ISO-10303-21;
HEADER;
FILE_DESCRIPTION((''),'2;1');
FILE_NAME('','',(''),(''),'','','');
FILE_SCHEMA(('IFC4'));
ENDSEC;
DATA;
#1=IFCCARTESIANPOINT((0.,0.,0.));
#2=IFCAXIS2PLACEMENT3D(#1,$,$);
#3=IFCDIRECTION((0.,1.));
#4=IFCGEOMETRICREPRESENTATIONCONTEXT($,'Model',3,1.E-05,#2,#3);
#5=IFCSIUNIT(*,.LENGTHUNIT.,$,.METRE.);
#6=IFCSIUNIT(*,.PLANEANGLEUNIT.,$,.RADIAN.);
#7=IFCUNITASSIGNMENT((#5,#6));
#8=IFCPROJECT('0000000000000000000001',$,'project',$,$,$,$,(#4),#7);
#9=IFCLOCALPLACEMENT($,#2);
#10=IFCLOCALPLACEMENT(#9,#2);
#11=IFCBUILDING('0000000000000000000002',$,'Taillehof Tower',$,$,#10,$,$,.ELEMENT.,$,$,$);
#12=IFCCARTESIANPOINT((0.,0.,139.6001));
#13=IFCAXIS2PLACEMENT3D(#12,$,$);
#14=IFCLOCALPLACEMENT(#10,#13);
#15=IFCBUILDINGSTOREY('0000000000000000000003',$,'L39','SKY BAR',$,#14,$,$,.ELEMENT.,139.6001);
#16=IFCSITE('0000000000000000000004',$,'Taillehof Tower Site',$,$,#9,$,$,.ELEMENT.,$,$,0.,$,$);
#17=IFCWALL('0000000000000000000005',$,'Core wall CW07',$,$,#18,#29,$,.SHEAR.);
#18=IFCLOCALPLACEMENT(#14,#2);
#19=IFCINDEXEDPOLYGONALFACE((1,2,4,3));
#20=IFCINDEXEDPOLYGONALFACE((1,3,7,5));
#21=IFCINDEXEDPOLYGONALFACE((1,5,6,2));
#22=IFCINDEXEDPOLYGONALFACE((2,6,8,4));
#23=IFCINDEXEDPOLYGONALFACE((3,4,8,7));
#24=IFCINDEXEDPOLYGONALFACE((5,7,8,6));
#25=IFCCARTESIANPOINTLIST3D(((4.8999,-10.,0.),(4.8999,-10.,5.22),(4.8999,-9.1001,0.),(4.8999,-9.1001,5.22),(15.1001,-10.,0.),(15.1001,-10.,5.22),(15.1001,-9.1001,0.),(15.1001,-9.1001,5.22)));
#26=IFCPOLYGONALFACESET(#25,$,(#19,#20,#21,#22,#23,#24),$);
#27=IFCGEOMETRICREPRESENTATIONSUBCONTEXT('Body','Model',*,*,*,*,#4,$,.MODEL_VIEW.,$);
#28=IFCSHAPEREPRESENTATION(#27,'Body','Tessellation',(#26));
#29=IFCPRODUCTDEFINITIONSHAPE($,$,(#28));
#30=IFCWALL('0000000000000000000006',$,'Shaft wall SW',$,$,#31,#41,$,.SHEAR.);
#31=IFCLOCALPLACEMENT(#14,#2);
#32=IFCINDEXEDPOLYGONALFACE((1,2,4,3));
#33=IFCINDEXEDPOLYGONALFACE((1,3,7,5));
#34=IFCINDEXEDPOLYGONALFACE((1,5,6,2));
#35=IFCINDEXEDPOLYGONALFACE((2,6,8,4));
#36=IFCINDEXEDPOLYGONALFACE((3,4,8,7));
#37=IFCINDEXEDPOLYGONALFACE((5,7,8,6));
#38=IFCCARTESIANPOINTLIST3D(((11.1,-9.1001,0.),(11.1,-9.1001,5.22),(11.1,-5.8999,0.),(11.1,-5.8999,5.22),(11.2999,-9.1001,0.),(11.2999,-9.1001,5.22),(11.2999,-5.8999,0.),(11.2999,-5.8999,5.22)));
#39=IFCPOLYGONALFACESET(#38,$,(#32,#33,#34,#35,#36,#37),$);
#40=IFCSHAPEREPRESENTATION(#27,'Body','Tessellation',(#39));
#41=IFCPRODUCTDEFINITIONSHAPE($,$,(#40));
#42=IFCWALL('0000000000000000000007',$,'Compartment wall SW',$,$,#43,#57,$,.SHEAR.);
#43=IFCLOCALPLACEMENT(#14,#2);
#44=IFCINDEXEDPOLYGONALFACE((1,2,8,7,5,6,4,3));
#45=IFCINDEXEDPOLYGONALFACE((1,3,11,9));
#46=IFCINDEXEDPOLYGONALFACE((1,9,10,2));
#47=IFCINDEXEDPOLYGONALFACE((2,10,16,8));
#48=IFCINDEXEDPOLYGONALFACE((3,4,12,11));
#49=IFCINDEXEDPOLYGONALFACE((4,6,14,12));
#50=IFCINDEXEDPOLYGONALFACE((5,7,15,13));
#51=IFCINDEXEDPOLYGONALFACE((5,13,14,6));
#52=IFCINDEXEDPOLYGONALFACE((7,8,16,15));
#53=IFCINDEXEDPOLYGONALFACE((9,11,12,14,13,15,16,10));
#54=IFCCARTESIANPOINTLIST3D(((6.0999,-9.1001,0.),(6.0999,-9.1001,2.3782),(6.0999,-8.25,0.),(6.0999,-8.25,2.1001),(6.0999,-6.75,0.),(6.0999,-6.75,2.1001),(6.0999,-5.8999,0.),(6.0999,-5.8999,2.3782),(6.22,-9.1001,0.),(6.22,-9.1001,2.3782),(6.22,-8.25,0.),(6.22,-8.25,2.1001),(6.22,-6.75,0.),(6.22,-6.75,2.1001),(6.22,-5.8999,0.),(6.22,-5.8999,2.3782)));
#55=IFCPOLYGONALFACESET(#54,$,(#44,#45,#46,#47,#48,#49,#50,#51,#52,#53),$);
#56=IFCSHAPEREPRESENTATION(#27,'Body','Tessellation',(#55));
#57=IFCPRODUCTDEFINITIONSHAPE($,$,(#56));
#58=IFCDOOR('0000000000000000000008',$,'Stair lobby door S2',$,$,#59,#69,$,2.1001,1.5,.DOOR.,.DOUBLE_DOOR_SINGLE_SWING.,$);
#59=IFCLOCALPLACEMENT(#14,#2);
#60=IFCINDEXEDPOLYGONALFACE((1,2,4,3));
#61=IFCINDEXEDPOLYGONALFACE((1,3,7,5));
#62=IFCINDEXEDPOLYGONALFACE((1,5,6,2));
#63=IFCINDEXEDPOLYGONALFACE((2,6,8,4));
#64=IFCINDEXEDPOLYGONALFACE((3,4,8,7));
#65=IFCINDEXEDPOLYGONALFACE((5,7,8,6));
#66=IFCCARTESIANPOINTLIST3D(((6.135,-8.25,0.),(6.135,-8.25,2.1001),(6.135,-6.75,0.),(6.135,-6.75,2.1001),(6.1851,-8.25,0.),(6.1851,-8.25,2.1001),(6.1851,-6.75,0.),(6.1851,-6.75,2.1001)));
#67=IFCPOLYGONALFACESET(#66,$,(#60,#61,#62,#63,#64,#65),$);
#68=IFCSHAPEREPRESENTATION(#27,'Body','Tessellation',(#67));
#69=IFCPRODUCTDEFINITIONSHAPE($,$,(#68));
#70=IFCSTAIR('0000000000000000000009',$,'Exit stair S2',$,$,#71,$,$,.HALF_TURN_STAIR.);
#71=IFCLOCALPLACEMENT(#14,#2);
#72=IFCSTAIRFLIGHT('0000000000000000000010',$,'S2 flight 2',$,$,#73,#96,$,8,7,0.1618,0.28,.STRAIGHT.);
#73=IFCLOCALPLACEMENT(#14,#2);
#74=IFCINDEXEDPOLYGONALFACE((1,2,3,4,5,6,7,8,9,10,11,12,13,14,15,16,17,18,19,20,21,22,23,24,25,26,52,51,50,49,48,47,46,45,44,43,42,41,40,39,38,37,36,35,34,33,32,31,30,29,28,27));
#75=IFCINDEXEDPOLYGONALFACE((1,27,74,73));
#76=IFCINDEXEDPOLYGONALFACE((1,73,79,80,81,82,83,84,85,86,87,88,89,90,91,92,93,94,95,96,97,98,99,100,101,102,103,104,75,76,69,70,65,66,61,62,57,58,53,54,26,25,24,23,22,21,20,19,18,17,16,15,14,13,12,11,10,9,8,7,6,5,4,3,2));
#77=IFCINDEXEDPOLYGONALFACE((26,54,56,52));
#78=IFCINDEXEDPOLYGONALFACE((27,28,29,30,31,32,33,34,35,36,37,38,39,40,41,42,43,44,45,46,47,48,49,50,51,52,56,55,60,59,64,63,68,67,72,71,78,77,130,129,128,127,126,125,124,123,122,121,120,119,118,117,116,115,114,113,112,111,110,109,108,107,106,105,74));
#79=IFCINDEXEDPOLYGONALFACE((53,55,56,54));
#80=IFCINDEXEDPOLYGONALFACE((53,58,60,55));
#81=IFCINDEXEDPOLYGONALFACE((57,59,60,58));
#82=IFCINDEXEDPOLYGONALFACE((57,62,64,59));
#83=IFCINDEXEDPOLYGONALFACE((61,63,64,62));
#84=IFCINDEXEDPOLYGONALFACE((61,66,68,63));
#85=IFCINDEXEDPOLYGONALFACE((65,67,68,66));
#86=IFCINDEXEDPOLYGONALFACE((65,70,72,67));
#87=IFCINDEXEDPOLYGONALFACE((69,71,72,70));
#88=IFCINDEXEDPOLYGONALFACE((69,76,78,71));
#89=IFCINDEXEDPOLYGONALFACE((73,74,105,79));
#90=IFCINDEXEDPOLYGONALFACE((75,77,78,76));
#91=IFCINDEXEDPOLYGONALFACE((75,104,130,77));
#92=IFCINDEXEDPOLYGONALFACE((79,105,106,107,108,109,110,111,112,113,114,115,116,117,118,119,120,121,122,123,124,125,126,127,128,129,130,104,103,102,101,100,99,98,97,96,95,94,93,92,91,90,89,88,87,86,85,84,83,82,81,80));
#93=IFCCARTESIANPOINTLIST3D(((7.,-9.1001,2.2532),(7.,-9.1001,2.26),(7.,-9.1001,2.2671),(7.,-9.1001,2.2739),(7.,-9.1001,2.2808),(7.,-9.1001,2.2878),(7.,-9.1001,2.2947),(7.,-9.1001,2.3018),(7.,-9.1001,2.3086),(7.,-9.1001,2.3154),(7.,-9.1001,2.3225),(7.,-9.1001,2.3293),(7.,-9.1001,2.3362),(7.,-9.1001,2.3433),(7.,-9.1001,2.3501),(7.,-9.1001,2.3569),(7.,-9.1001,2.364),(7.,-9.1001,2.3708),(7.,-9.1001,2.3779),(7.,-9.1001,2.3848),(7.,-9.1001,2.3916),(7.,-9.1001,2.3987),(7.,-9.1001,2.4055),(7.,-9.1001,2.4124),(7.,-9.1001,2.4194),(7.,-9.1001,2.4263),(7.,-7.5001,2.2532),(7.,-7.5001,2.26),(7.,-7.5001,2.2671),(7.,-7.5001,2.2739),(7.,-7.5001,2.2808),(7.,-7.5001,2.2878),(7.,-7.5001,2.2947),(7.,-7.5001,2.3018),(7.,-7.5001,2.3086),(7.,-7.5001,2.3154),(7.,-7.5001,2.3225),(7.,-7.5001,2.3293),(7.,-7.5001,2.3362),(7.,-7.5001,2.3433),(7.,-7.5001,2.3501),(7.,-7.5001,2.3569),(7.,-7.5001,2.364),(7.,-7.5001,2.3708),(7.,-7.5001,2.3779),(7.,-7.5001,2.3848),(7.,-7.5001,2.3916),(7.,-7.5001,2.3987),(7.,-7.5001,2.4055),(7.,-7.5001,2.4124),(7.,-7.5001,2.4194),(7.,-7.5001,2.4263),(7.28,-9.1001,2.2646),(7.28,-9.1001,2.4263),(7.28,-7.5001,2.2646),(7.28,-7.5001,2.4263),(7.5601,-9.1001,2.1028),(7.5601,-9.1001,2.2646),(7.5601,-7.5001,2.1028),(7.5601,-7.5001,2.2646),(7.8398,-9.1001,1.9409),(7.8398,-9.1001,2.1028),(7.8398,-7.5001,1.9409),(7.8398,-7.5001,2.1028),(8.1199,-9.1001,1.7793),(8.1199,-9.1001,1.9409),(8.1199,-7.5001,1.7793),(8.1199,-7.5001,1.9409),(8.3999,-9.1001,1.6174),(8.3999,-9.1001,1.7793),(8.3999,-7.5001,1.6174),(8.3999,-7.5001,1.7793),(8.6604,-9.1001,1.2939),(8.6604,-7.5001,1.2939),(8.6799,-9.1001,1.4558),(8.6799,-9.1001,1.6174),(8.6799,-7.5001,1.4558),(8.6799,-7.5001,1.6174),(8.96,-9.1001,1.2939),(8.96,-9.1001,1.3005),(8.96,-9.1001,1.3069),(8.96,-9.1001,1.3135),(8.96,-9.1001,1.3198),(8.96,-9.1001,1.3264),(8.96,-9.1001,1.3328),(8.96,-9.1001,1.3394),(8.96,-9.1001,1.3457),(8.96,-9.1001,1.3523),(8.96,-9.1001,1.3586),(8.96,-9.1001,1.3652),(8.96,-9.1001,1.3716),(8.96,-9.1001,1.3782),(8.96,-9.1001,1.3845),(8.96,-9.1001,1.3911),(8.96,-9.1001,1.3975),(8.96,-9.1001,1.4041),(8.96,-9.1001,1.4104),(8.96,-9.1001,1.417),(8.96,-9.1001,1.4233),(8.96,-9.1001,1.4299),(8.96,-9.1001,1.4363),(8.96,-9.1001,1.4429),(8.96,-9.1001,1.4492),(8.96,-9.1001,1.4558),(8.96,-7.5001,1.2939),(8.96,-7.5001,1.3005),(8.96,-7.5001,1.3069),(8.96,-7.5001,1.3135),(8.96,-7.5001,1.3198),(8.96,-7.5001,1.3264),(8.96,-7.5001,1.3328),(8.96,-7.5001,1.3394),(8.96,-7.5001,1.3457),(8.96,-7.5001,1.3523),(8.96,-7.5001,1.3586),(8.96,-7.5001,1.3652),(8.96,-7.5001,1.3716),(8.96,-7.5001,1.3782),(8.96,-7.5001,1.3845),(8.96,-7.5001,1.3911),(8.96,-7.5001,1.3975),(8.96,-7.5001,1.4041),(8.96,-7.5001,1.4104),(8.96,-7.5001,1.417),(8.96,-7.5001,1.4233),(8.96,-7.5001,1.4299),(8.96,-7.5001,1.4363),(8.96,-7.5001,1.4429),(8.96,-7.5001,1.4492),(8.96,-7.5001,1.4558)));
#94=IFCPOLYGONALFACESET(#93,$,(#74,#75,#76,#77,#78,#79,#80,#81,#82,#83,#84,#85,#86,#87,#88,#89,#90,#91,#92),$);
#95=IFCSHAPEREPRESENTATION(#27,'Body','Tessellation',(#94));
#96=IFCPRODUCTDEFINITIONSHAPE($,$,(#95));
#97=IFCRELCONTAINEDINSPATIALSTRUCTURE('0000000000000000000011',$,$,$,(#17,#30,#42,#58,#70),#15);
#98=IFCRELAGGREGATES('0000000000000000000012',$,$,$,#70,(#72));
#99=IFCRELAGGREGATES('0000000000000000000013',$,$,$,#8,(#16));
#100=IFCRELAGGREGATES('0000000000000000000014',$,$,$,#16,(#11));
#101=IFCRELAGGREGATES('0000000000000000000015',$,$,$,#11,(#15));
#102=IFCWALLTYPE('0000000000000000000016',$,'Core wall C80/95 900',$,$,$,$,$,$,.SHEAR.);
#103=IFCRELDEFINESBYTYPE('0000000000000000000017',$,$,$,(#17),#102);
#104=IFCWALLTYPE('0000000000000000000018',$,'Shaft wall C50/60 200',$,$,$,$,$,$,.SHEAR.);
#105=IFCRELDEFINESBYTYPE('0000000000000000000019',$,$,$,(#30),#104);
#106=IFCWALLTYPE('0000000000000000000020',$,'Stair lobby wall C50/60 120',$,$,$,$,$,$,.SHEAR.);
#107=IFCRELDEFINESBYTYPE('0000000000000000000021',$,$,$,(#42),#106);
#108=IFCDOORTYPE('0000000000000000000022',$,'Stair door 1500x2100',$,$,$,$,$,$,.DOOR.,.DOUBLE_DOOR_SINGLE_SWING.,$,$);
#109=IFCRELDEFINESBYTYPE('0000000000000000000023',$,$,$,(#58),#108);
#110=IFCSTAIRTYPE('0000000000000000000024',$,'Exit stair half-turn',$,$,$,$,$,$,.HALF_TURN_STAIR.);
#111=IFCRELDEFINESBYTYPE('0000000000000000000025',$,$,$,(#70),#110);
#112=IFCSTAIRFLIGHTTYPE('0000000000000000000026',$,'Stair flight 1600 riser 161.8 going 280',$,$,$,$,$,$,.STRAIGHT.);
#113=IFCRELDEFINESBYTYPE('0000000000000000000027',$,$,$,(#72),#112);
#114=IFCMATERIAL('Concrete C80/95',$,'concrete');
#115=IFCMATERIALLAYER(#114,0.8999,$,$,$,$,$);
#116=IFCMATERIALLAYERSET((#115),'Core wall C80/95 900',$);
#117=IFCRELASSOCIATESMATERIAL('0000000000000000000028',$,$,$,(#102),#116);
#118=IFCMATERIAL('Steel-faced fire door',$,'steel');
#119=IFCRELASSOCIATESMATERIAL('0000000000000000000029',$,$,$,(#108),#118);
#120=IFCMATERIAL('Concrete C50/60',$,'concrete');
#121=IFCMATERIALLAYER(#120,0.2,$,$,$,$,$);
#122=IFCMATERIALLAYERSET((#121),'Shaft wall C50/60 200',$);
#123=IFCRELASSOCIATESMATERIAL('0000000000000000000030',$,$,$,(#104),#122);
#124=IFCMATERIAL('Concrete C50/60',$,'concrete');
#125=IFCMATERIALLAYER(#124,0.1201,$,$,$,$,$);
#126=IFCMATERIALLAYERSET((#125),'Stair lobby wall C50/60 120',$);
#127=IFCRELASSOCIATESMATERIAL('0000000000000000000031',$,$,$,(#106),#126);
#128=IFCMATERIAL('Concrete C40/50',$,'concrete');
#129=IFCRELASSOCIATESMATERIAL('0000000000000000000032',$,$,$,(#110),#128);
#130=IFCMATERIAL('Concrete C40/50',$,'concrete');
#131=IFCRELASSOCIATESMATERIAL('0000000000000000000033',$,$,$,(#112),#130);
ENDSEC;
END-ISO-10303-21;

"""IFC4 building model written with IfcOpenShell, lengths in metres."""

from ifc_helpers import new_model, si_unit, direction, frame, frame_2d, origin, place, context, subcontext, project, spatial, polyline, rectangle, outline, extrude, material, layer, layer_set, type_object, element, fill, aggregate, save


model = new_model("IFC4")

# Units and contexts
model_context = context("Model", 3, precision=1e-05, world=origin(), true_north=direction((0.0, 1.0)))
body_context = subcontext(model_context, "Body", "Model", "MODEL_VIEW")
ifc_project = project(units=[si_unit("LENGTHUNIT", "METRE"), si_unit("PLANEANGLEUNIT", "RADIAN")], contexts=[model_context])

# Site, building, storey
site_placement = place(None, origin())
site = spatial("IfcSite", under=ifc_project, at=site_placement, Name="Taillehof Tower Site", CompositionType="ELEMENT", RefElevation=0.0)
building_placement = place(site_placement, origin())
building = spatial("IfcBuilding", under=site, at=building_placement, Name="Taillehof Tower", CompositionType="ELEMENT")
storey_placement = place(building_placement, frame((0.0, 0.0, 139.6001)))
storey = spatial("IfcBuildingStorey", under=building, at=storey_placement, Name="L39", Description="SKY BAR", CompositionType="ELEMENT", Elevation=139.6001)

# Shared definitions
ifc_material_1 = material(Name="Concrete C80/95", Category="concrete")
ifc_layer_1 = layer(ifc_material_1, 0.8999)
ifc_layer_set_1 = layer_set([ifc_layer_1], Name="Core wall C80/95 900")
wall_type_1 = type_object("IfcWallType", Name="Core wall C80/95 900", PredefinedType="SHEAR", material=ifc_layer_set_1)
ifc_material_2 = material(Name="Steel-faced fire door", Category="steel")
door_type_1 = type_object("IfcDoorType", Name="Stair door 1500x2100", OperationType="DOUBLE_DOOR_SINGLE_SWING", PredefinedType="DOOR", material=ifc_material_2)

# Walls
wall_1_placement = place(storey_placement, frame((4.8999, -9.55, 0.0), z_axis=(0.0, 0.0, 1.0), x_axis=(1.0, 0.0, 0.0)))
element("IfcWall", 1, at=wall_1_placement, inside=storey, type_object=wall_type_1, Name="Core wall CW07", PredefinedType="SHEAR", context=body_context, shape_type="SweptSolid", body=[
    extrude(rectangle(XDim=10.2002, YDim=0.8999, at=frame_2d((5.1001, 0.0))), origin(), (0.0, 0.0, 1.0), 5.22),
])
ifc_material_3 = material(Name="Concrete C50/60", Category="concrete")
ifc_layer_2 = layer(ifc_material_3, 0.2)
ifc_layer_set_2 = layer_set([ifc_layer_2], Name="Shaft wall C50/60 200")
wall_type_2 = type_object("IfcWallType", Name="Shaft wall C50/60 200", PredefinedType="SHEAR", material=ifc_layer_set_2)
wall_2_placement = place(storey_placement, frame((11.2, -9.1001, 0.0), z_axis=(0.0, 0.0, 1.0), x_axis=(0.0, 1.0, 0.0)))
element("IfcWall", 2, at=wall_2_placement, inside=storey, type_object=wall_type_2, Name="Shaft wall SW", PredefinedType="SHEAR", context=body_context, shape_type="SweptSolid", body=[
    extrude(rectangle(XDim=3.2002, YDim=0.2, at=frame_2d((1.6001, 0.0))), origin(), (0.0, 0.0, 1.0), 5.22),
])

# Wall, opening, door
ifc_material_4 = material(Name="Concrete C50/60", Category="concrete")
ifc_layer_3 = layer(ifc_material_4, 0.1201)
ifc_layer_set_3 = layer_set([ifc_layer_3], Name="Stair lobby wall C50/60 120")
wall_type_3 = type_object("IfcWallType", Name="Stair lobby wall C50/60 120", PredefinedType="SHEAR", material=ifc_layer_set_3)
wall_3_placement = place(storey_placement, frame((6.1599, -9.1001, 0.0), z_axis=(0.0, 0.0, 1.0), x_axis=(0.0, 1.0, 0.0)))
wall_3 = element("IfcWall", 3, at=wall_3_placement, inside=storey, type_object=wall_type_3, Name="Compartment wall SW", PredefinedType="SHEAR", context=body_context, shape_type="SweptSolid", body=[
    extrude(rectangle(XDim=3.2002, YDim=0.1201, at=frame_2d((1.6001, 0.0))), origin(), (0.0, 0.0, 1.0), 2.3782),
])
opening_1_placement = place(wall_3_placement, frame((0.8501, 0.0, 0.0)))
opening_1 = element("IfcOpeningElement", 4, at=opening_1_placement, cuts=wall_3, PredefinedType="OPENING", context=body_context, shape_type="SweptSolid", body=[
    extrude(rectangle(XDim=1.5, YDim=2.1001, at=frame_2d((0.75, 1.05))), frame((0.0, 0.0701, 0.0), z_axis=(0.0, -1.0, 0.0), x_axis=(1.0, 0.0, 0.0)), (0.0, 0.0, 1.0), 0.1401),
])
door_1_placement = place(opening_1_placement, origin())
door_1 = element("IfcDoor", 5, at=door_1_placement, inside=storey, type_object=door_type_1, Name="Stair lobby door S2", OperationType="DOUBLE_DOOR_SINGLE_SWING", OverallHeight=2.1001, OverallWidth=1.5, PredefinedType="DOOR", context=body_context, shape_type="SweptSolid", body=[
    extrude(rectangle(XDim=1.5, YDim=2.1001, at=frame_2d((0.75, 1.05))), frame((0.0, 0.0249, 0.0), z_axis=(0.0, -1.0, 0.0), x_axis=(1.0, 0.0, 0.0)), (0.0, 0.0, 1.0), 0.05),
])
fill(opening_1, door_1)

# Stair, stair flight
ifc_material_5 = material(Name="Concrete C40/50", Category="concrete")
stair_type = type_object("IfcStairType", Name="Exit stair half-turn", PredefinedType="HALF_TURN_STAIR", material=ifc_material_5)
stair_placement = place(storey_placement, origin())
stair = element("IfcStair", 6, at=stair_placement, inside=storey, type_object=stair_type, Name="Exit stair S2", PredefinedType="HALF_TURN_STAIR")
ifc_material_6 = material(Name="Concrete C40/50", Category="concrete")
stair_flight_type = type_object("IfcStairFlightType", Name="Stair flight 1600 riser 161.8 going 280", PredefinedType="STRAIGHT", material=ifc_material_6)
stair_flight_1_placement = place(storey_placement, frame((8.96, -8.3, 1.2939), z_axis=(0.0, 0.0, 1.0), x_axis=(-1.0, 0.0, 0.0)))
stair_flight_1 = element("IfcStairFlight", 7, at=stair_flight_1_placement, type_object=stair_flight_type, Name="S2 flight 2", NumberOfRisers=8, NumberOfTreads=7, PredefinedType="STRAIGHT", RiserHeight=0.1618, TreadLength=0.28, context=body_context, shape_type="SweptSolid", body=[
    extrude(outline(polyline([(0.0, 0.0), (0.0, 0.0066), (0.0, 0.0129), (0.0, 0.0195), (0.0, 0.0259), (0.0, 0.0325), (0.0, 0.0388), (0.0, 0.0454), (0.0, 0.0518), (0.0, 0.0583), (0.0, 0.0647), (0.0, 0.0713), (0.0, 0.0776), (0.0, 0.0842), (0.0, 0.0906), (0.0, 0.0972), (0.0, 0.1035), (0.0, 0.1101), (0.0, 0.1165), (0.0, 0.123), (0.0, 0.1294), (0.0, 0.136), (0.0, 0.1423), (0.0, 0.1489), (0.0, 0.1553), (0.0, 0.1619), (0.28, 0.1619), (0.28, 0.3235), (0.5601, 0.3235), (0.5601, 0.4854), (0.8401, 0.4854), (0.8401, 0.647), (1.1201, 0.647), (1.1201, 0.8088), (1.3999, 0.8088), (1.3999, 0.9707), (1.6799, 0.9707), (1.6799, 1.1323), (1.96, 1.1323), (1.96, 1.1255), (1.96, 1.1184), (1.96, 1.1116), (1.96, 1.1047), (1.96, 1.0977), (1.96, 1.0908), (1.96, 1.084), (1.96, 1.0769), (1.96, 1.0701), (1.96, 1.063), (1.96, 1.0562), (1.96, 1.0493), (1.96, 1.0422), (1.96, 1.0354), (1.96, 1.0286), (1.96, 1.0215), (1.96, 1.0146), (1.96, 1.0078), (1.96, 1.0007), (1.96, 0.9939), (1.96, 0.9868), (1.96, 0.98), (1.96, 0.9731), (1.96, 0.9661), (1.96, 0.9592), (0.2996, 0.0), (0.0, 0.0)])), frame((0.0, 0.8, 0.0), z_axis=(0.0, -1.0, 0.0), x_axis=(1.0, 0.0, 0.0)), (0.0, 0.0, 1.0), 1.6),
])
aggregate(stair, [stair_flight_1])

save(model, "model.ifc")
